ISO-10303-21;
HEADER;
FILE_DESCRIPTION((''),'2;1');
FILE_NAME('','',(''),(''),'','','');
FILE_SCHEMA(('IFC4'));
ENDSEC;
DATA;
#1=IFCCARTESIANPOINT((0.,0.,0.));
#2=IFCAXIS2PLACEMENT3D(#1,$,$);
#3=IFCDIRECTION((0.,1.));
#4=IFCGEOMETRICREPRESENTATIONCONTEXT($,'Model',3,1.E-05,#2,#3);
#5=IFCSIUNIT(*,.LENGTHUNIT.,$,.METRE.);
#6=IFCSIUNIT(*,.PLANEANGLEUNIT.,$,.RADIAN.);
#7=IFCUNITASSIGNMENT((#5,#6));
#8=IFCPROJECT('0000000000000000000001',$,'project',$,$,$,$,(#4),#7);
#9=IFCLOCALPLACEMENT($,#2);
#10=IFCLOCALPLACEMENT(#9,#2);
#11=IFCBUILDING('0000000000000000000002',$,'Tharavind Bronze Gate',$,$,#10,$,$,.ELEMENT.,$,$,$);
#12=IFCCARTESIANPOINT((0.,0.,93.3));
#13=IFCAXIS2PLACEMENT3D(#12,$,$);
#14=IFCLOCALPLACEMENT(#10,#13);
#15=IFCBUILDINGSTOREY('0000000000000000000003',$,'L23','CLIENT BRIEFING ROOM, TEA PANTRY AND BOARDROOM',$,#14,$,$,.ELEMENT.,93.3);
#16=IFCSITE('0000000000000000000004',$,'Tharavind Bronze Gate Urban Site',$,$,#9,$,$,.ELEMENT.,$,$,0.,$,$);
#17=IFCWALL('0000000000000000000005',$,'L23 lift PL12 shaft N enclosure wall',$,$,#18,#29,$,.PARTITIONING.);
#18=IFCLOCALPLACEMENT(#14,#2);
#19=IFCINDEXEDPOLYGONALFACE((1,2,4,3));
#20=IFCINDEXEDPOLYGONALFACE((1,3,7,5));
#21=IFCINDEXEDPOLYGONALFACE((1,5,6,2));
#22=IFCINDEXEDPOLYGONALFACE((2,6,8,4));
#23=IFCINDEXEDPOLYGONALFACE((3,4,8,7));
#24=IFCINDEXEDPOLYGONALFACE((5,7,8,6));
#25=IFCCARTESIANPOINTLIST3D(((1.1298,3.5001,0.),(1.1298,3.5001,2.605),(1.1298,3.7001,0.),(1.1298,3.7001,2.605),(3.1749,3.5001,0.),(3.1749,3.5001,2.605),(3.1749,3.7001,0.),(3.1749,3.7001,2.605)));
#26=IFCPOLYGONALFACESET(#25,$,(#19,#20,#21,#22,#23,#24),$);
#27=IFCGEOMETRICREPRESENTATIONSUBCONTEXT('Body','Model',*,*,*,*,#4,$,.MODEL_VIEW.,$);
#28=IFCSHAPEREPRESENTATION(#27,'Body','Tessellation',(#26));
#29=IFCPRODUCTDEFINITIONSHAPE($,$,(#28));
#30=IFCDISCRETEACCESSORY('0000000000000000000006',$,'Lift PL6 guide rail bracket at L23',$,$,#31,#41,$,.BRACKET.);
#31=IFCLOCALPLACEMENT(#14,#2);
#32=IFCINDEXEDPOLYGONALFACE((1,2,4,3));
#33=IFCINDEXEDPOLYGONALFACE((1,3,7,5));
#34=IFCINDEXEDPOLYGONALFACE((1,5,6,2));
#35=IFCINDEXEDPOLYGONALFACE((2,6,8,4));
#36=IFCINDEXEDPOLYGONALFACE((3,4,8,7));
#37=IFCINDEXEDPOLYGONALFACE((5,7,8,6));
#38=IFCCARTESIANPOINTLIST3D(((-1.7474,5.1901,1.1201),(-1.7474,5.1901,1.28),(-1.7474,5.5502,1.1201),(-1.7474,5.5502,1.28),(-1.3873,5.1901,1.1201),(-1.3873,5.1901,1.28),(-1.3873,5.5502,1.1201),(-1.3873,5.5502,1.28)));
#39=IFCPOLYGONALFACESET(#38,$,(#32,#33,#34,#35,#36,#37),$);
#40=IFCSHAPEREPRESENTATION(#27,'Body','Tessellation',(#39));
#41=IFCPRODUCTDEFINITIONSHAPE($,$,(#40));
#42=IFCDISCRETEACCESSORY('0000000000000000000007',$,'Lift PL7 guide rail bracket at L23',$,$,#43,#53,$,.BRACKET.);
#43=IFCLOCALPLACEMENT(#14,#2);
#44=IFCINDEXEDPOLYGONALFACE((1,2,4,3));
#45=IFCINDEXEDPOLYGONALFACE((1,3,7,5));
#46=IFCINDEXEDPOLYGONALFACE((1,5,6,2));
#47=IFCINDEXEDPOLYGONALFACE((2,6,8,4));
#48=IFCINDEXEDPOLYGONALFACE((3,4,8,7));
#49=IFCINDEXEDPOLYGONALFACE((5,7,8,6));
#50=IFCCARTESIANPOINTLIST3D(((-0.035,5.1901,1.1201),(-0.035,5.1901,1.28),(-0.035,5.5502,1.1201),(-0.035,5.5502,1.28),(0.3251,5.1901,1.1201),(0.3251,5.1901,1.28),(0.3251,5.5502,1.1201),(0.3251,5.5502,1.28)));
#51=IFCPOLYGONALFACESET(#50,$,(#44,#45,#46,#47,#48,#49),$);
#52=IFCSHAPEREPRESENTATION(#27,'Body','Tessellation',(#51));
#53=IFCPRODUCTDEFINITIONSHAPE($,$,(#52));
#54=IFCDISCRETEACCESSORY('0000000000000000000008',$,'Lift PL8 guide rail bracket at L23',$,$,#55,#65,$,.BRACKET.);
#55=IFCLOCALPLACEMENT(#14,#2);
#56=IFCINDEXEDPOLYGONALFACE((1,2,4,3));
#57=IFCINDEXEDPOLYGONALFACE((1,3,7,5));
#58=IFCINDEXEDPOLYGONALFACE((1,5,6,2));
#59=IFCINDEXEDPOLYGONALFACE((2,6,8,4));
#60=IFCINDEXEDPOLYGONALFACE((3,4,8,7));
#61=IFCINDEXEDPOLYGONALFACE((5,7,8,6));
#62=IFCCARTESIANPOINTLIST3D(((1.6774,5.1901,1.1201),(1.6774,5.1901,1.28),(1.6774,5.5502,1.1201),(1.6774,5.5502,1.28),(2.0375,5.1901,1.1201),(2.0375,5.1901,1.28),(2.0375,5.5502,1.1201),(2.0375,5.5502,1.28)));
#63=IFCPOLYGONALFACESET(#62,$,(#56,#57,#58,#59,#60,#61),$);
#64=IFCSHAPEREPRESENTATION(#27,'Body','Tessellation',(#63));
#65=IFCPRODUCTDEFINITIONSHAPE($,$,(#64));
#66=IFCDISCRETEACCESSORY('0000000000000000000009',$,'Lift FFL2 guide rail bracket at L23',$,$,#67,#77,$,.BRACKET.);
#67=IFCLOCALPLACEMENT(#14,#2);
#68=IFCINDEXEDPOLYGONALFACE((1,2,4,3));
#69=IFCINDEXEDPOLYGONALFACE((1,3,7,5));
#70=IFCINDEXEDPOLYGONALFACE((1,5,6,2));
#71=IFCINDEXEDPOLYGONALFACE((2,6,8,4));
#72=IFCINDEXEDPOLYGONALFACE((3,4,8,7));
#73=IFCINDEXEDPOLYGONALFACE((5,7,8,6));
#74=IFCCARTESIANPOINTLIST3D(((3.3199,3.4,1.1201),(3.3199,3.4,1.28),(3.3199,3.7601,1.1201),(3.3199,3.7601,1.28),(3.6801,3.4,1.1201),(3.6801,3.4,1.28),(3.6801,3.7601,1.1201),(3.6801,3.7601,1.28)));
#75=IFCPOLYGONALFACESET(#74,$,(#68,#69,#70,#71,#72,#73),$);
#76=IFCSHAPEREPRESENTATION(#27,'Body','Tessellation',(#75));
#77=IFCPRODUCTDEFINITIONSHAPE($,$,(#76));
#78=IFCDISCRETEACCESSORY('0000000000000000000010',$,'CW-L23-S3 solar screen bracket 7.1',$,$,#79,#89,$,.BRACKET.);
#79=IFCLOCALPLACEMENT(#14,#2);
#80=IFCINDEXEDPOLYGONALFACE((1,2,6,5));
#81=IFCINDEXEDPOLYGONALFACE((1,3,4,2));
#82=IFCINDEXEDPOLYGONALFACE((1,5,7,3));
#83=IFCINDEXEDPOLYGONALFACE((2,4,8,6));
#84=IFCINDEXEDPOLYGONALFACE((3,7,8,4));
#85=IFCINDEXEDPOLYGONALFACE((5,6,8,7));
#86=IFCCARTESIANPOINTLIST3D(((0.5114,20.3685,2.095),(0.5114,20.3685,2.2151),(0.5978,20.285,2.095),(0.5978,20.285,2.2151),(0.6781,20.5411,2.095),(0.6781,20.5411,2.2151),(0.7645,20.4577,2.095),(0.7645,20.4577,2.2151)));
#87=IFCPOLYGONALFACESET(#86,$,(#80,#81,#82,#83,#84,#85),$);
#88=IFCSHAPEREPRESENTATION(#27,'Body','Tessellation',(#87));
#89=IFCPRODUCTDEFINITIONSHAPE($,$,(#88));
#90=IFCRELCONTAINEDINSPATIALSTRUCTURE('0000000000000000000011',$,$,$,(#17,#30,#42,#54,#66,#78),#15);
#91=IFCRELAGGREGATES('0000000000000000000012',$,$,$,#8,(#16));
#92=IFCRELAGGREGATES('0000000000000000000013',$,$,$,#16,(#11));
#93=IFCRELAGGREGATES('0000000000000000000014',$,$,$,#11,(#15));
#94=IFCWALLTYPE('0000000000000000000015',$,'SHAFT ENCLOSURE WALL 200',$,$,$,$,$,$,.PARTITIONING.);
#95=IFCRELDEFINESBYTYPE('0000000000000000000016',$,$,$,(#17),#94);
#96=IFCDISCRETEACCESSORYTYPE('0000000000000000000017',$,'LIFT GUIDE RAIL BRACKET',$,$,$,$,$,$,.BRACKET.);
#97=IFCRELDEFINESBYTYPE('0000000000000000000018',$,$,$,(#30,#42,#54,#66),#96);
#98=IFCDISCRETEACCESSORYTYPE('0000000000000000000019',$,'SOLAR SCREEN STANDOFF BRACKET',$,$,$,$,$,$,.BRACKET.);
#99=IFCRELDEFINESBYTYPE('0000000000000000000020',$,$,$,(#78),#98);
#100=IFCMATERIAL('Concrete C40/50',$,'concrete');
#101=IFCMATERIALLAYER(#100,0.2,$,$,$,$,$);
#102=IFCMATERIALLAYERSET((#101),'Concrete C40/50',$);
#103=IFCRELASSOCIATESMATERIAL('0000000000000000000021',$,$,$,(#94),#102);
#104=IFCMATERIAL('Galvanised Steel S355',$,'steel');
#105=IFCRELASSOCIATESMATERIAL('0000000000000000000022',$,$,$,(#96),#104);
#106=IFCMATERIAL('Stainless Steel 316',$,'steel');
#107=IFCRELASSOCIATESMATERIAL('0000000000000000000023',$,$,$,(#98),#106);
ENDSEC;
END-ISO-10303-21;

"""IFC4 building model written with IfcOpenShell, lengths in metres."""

from ifc_helpers import new_model, si_unit, direction, frame, frame_2d, origin, origin_2d, place, context, subcontext, project, spatial, rectangle, extrude, material, layer, layer_set, type_object, element, save


model = new_model("IFC4")

# Units and contexts
model_context = context("Model", 3, precision=1e-05, world=origin(), true_north=direction((0.0, 1.0)))
body_context = subcontext(model_context, "Body", "Model", "MODEL_VIEW")
ifc_project = project(units=[si_unit("LENGTHUNIT", "METRE"), si_unit("PLANEANGLEUNIT", "RADIAN")], contexts=[model_context])

# Site, building, storey
site_placement = place(None, origin())
site = spatial("IfcSite", under=ifc_project, at=site_placement, Name="Tharavind Bronze Gate Urban Site", CompositionType="ELEMENT", RefElevation=0.0)
building_placement = place(site_placement, origin())
building = spatial("IfcBuilding", under=site, at=building_placement, Name="Tharavind Bronze Gate", CompositionType="ELEMENT")
storey_placement = place(building_placement, frame((0.0, 0.0, 93.3)))
storey = spatial("IfcBuildingStorey", under=building, at=storey_placement, Name="L23", Description="CLIENT BRIEFING ROOM, TEA PANTRY AND BOARDROOM", CompositionType="ELEMENT", Elevation=93.3)

# Wall
ifc_material_1 = material(Name="Concrete C40/50", Category="concrete")
ifc_layer_1 = layer(ifc_material_1, 0.2)
ifc_layer_set_1 = layer_set([ifc_layer_1], Name="Concrete C40/50")
wall_type_1 = type_object("IfcWallType", Name="SHAFT ENCLOSURE WALL 200", PredefinedType="PARTITIONING", material=ifc_layer_set_1)
wall_1_placement = place(storey_placement, frame((1.1299, 3.6001, 0.0), z_axis=(0.0, 0.0, 1.0), x_axis=(1.0, 0.0, 0.0)))
element("IfcWall", 1, at=wall_1_placement, inside=storey, type_object=wall_type_1, Name="L23 lift PL12 shaft N enclosure wall", PredefinedType="PARTITIONING", context=body_context, shape_type="SweptSolid", body=[
    extrude(rectangle(XDim=2.0452, YDim=0.2, at=frame_2d((1.0225, 0.0))), origin(), (0.0, 0.0, 1.0), 2.605),
])

# Discrete accessories
ifc_material_2 = material(Name="Galvanised Steel S355", Category="steel")
discrete_accessory_type_1 = type_object("IfcDiscreteAccessoryType", Name="LIFT GUIDE RAIL BRACKET", PredefinedType="BRACKET", material=ifc_material_2)
for number, where, z_axis, x_axis, name in (
    (2, (-1.5674, 5.3701, 1.1201), (0.0, 0.0, 1.0), (1.0, 0.0, 0.0), "Lift PL6 guide rail bracket at L23"),
    (3, (0.145, 5.3701, 1.1201), (0.0, 0.0, 1.0), (1.0, 0.0, 0.0), "Lift PL7 guide rail bracket at L23"),
    (4, (1.8574, 5.3701, 1.1201), (0.0, 0.0, 1.0), (1.0, 0.0, 0.0), "Lift PL8 guide rail bracket at L23"),
    (5, (3.5, 3.5801, 1.1201), (0.0, 0.0, 1.0), (1.0, 0.0, 0.0), "Lift FFL2 guide rail bracket at L23"),
):
    element("IfcDiscreteAccessory", number, at=place(storey_placement, frame(where, z_axis=z_axis, x_axis=x_axis)), inside=storey, type_object=discrete_accessory_type_1, Name=name, PredefinedType="BRACKET", context=body_context, shape_type="SweptSolid", body=[
        extrude(rectangle(XDim=0.3601, YDim=0.3601, at=origin_2d()), origin(), (0.0, 0.0, 1.0), 0.1599),
    ])
ifc_material_3 = material(Name="Stainless Steel 316", Category="steel")
discrete_accessory_type_2 = type_object("IfcDiscreteAccessoryType", Name="SOLAR SCREEN STANDOFF BRACKET", PredefinedType="BRACKET", material=ifc_material_3)
discrete_accessory_placement = place(storey_placement, frame((0.6379, 20.4131, 2.095), z_axis=(0.0, 0.0, 1.0), x_axis=(-0.719341, 0.694657, 0.0)))
element("IfcDiscreteAccessory", 6, at=discrete_accessory_placement, inside=storey, type_object=discrete_accessory_type_2, Name="CW-L23-S3 solar screen bracket 7.1", PredefinedType="BRACKET", context=body_context, shape_type="SweptSolid", body=[
    extrude(rectangle(XDim=0.1201, YDim=0.24, at=origin_2d()), origin(), (0.0, 0.0, 1.0), 0.1201),
])

save(model, "model.ifc")
